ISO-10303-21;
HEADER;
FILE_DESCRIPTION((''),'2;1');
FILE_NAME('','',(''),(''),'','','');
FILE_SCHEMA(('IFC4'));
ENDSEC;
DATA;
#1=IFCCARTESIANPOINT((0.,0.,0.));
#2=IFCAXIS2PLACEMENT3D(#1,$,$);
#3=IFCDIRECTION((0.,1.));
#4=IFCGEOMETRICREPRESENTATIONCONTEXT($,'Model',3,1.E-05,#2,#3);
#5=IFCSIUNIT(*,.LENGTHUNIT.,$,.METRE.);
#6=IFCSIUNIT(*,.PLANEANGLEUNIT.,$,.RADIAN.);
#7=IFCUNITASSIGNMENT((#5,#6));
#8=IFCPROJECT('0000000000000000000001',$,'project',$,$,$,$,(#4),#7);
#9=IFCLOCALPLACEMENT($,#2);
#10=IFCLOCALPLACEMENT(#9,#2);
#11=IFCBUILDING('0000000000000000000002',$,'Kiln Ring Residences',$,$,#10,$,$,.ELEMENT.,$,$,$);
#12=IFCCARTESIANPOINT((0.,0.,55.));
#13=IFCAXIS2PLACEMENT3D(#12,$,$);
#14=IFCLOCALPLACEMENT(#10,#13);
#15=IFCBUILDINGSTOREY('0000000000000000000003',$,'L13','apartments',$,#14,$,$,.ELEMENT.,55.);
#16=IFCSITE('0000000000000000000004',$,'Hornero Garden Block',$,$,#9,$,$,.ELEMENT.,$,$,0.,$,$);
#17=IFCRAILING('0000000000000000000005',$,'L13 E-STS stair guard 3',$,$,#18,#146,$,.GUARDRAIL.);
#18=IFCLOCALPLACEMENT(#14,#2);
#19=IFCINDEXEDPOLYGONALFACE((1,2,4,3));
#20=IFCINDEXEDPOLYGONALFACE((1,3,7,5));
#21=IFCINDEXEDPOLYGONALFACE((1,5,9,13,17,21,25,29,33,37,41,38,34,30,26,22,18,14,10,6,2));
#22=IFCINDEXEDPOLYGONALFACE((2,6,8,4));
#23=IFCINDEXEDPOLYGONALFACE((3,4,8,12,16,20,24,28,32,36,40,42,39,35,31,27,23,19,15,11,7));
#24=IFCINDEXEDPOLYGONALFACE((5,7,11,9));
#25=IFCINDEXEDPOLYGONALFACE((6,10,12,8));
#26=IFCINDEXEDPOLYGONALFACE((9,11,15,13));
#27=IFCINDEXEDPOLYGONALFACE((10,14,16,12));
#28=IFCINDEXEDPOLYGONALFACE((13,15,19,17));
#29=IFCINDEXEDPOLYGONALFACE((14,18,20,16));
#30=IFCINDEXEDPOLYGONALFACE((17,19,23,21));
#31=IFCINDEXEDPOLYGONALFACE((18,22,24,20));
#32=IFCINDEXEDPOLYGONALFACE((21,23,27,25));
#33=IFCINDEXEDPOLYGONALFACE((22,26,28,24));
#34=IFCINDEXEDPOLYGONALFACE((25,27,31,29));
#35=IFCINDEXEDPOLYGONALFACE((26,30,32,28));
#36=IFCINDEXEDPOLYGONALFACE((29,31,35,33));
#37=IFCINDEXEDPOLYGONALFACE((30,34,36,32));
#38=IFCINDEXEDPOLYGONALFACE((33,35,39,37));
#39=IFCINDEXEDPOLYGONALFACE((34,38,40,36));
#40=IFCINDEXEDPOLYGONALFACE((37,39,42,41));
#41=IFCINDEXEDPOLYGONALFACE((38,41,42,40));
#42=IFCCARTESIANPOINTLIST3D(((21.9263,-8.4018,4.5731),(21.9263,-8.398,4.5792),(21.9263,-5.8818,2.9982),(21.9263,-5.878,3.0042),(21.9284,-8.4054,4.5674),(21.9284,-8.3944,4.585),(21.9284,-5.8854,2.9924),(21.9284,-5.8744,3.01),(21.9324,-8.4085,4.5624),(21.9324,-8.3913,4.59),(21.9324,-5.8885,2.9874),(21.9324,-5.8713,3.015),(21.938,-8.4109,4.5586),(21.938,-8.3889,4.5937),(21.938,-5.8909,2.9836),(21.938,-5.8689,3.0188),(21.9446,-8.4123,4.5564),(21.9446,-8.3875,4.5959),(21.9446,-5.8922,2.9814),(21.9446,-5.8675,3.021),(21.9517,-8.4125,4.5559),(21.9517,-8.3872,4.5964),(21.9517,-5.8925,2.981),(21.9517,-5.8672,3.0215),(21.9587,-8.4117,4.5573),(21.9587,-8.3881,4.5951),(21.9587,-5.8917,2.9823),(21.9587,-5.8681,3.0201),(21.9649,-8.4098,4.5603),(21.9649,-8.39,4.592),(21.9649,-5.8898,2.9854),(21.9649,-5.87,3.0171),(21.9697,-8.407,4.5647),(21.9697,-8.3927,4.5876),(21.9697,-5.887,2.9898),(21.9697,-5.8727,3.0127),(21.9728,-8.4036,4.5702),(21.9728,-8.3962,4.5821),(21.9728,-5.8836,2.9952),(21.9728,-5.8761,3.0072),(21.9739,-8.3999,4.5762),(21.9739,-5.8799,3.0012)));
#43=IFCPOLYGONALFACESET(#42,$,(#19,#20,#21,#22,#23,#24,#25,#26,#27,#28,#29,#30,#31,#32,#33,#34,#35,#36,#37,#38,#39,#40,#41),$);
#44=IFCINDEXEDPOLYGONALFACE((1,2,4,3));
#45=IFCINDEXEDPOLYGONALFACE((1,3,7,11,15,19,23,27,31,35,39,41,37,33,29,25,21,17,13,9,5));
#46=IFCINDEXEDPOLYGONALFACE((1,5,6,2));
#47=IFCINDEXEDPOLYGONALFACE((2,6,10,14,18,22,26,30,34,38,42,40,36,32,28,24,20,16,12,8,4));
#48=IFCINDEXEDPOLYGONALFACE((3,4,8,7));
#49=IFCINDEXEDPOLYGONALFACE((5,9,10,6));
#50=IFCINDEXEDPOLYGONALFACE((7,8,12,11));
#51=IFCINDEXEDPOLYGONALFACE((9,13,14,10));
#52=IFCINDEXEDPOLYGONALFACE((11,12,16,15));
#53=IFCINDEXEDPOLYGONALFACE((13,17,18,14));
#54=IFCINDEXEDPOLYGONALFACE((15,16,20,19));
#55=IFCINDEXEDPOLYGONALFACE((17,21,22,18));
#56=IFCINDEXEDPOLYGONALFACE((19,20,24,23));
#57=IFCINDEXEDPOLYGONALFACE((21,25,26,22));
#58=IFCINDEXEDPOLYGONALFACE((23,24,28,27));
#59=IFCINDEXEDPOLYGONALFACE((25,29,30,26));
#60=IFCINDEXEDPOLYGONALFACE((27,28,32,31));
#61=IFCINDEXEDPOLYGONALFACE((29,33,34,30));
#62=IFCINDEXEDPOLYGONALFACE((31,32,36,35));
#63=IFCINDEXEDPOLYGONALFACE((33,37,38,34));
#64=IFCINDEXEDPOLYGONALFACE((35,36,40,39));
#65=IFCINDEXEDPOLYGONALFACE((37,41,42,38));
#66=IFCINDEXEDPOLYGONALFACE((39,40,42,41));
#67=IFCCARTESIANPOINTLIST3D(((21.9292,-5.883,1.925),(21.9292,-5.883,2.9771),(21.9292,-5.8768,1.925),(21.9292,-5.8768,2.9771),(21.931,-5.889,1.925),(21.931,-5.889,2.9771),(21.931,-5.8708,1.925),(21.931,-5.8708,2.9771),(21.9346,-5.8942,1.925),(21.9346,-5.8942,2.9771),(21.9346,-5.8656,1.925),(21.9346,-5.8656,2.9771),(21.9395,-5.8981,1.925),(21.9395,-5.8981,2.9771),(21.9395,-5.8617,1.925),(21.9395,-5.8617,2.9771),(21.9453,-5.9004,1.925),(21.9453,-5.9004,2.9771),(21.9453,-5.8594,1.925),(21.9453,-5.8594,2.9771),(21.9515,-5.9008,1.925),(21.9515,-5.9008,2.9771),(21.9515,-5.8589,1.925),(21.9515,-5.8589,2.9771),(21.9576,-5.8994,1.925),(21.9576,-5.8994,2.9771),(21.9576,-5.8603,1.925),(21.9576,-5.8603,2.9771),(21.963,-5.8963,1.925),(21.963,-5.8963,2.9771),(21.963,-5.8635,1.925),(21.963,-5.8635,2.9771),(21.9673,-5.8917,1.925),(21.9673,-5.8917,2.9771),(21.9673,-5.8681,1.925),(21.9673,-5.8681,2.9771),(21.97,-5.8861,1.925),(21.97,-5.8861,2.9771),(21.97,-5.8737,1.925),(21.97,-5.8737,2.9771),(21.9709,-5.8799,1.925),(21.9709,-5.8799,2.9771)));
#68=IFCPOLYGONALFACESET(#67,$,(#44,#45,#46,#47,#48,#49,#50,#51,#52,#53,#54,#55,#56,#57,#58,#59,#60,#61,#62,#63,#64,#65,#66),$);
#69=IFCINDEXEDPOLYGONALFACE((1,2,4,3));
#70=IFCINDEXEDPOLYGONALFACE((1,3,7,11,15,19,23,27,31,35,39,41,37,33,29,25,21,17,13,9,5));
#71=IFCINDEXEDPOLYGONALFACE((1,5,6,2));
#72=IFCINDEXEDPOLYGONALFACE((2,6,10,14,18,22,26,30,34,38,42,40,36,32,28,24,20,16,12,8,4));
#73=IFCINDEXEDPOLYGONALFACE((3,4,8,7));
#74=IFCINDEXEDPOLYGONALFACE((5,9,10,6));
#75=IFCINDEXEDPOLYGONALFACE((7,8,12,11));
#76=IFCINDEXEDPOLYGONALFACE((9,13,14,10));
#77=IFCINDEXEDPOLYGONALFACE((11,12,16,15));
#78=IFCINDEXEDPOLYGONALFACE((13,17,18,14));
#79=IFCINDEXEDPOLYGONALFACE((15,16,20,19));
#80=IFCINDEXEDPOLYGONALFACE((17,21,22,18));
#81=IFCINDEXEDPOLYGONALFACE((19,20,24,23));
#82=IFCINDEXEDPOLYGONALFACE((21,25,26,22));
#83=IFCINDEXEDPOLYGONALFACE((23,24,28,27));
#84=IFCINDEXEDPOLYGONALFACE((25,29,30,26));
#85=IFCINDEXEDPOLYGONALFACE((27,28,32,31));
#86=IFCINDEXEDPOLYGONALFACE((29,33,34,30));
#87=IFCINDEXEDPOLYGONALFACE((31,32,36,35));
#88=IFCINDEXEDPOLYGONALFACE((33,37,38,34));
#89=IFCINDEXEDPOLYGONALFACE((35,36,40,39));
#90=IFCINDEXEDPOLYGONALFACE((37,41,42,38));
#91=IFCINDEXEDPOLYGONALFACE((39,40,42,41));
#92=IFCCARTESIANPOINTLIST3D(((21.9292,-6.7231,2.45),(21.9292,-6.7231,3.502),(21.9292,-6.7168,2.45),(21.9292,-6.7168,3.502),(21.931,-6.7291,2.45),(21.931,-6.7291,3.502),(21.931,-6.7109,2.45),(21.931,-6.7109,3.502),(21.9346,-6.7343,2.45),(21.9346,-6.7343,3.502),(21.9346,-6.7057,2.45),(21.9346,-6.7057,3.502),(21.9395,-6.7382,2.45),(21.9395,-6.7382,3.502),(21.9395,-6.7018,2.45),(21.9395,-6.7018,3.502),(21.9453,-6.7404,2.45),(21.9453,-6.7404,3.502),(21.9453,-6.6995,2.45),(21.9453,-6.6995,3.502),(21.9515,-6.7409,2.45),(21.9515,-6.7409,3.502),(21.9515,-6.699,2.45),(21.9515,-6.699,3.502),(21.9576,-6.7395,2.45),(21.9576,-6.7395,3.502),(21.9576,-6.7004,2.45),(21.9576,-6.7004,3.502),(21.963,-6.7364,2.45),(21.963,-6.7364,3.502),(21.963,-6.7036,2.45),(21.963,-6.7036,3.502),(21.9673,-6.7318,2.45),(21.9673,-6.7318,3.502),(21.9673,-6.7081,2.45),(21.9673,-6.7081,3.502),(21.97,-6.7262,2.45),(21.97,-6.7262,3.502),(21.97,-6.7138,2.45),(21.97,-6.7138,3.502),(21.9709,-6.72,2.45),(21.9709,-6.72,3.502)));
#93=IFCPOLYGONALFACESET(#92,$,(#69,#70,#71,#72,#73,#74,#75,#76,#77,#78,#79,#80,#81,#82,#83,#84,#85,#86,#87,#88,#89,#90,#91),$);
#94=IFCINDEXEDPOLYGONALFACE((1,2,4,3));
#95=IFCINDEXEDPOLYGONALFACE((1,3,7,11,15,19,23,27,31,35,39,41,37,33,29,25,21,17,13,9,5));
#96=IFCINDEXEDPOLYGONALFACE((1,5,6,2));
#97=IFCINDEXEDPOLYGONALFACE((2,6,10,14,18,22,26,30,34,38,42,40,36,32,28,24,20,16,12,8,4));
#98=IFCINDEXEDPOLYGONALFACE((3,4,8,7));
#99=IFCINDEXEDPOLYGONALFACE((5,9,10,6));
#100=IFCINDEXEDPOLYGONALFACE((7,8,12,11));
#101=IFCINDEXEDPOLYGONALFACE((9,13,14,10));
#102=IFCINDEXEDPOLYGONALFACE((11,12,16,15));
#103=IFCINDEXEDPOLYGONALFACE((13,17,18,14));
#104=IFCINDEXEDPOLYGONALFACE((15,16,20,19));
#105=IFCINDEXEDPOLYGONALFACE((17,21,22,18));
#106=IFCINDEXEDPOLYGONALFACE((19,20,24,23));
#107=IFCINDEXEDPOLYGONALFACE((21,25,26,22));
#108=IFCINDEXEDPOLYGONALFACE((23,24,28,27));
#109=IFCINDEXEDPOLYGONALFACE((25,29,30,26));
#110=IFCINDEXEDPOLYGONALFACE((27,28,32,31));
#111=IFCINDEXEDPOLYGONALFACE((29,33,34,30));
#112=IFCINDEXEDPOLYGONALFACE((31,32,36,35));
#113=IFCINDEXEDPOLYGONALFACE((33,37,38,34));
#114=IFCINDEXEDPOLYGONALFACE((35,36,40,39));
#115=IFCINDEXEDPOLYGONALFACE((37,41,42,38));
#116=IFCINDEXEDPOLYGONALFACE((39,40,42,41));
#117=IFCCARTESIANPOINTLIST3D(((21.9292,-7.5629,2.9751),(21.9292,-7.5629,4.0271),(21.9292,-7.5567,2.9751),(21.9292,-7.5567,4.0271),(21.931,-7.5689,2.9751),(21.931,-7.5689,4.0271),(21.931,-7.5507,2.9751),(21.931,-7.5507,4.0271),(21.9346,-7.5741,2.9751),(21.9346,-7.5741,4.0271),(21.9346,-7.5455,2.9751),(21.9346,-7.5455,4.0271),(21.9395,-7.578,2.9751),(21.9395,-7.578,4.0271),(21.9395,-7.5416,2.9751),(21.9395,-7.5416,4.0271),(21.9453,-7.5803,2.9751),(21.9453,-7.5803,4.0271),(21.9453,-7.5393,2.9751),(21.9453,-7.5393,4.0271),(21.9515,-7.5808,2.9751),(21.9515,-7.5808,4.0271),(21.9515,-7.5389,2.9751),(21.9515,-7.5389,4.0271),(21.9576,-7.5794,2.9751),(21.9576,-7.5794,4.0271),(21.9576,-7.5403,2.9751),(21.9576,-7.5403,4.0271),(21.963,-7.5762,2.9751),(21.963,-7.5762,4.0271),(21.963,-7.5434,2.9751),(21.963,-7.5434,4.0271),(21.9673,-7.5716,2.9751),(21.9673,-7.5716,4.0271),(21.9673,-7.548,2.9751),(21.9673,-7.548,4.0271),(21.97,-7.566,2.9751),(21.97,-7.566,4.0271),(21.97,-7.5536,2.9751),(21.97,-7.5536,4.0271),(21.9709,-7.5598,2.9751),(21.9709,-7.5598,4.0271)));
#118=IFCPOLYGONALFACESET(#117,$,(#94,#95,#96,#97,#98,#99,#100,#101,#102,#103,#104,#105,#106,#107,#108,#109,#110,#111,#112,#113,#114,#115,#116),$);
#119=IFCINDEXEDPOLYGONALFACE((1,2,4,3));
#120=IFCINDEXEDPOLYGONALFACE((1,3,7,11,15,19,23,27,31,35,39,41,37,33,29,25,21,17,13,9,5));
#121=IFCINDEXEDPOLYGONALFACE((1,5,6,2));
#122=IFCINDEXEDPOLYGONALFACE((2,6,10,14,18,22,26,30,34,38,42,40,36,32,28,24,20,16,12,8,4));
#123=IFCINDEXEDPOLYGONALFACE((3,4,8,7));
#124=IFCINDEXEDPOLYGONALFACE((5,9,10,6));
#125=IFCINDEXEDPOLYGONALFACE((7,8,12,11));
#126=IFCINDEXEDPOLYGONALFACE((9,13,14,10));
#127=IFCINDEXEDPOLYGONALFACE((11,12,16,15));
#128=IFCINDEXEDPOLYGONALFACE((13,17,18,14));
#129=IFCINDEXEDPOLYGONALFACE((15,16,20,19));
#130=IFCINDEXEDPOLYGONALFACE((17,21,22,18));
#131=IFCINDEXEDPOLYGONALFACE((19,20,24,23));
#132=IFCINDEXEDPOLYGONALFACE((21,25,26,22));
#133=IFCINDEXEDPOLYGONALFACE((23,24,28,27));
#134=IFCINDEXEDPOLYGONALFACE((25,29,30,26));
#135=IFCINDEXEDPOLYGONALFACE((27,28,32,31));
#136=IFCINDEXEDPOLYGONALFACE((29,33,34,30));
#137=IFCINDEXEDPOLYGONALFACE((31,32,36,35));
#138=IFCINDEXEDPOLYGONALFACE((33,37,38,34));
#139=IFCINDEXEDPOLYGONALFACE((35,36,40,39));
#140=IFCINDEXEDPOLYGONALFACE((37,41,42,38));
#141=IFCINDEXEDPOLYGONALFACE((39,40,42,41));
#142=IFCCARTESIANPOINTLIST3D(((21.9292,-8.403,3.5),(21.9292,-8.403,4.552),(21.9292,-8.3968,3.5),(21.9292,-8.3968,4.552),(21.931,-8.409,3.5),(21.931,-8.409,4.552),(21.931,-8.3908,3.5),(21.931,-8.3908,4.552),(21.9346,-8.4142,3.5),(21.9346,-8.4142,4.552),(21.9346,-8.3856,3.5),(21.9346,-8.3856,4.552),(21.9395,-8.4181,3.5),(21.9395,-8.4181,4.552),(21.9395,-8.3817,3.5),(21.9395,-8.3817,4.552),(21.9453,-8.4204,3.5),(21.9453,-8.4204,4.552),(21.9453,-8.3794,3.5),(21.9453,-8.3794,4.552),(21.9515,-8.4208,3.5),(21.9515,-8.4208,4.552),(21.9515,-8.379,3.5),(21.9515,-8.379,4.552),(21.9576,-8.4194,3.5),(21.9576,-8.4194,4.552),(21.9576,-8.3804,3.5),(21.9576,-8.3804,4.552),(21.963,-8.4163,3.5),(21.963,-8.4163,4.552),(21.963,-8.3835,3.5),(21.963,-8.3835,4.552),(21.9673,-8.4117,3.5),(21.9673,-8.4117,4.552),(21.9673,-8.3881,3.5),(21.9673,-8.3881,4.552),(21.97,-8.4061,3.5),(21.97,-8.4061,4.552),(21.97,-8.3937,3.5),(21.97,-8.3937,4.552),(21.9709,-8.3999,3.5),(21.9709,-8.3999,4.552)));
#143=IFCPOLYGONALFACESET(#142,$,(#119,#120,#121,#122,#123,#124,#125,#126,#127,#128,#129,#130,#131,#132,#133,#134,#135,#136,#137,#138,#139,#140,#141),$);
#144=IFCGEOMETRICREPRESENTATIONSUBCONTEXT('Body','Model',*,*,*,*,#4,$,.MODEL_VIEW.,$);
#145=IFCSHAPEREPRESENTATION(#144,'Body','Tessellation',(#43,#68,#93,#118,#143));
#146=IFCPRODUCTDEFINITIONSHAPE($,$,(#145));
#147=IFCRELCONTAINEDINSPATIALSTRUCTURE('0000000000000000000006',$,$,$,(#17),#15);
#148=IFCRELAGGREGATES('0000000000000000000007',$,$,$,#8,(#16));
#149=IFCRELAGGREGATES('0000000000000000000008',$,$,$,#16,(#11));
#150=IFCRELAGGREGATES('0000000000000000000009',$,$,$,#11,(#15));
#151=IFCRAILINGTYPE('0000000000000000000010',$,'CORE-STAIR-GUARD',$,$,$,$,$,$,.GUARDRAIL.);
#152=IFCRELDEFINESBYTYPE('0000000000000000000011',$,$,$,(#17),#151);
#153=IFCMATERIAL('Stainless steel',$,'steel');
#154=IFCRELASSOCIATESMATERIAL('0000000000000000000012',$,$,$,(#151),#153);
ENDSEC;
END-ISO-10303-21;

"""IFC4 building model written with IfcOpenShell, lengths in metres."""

from ifc_helpers import new_model, si_unit, direction, frame, origin, origin_2d, place, context, subcontext, project, spatial, circle, extrude, material, type_object, element, save


model = new_model("IFC4")

# Units and contexts
model_context = context("Model", 3, precision=1e-05, world=origin(), true_north=direction((0.0, 1.0)))
body_context = subcontext(model_context, "Body", "Model", "MODEL_VIEW")
ifc_project = project(units=[si_unit("LENGTHUNIT", "METRE"), si_unit("PLANEANGLEUNIT", "RADIAN")], contexts=[model_context])

# Site, building, storey
site_placement = place(None, origin())
site = spatial("IfcSite", under=ifc_project, at=site_placement, Name="Hornero Garden Block", CompositionType="ELEMENT", RefElevation=0.0)
building_placement = place(site_placement, origin())
building = spatial("IfcBuilding", under=site, at=building_placement, Name="Kiln Ring Residences", CompositionType="ELEMENT")
storey_placement = place(building_placement, frame((0.0, 0.0, 55.0)))
storey = spatial("IfcBuildingStorey", under=building, at=storey_placement, Name="L13", Description="apartments", CompositionType="ELEMENT", Elevation=55.0)

# Railing
ifc_material_1 = material(Name="Stainless steel", Category="steel")
railing_type_1 = type_object("IfcRailingType", Name="CORE-STAIR-GUARD", PredefinedType="GUARDRAIL", material=ifc_material_1)
railing_1_placement = place(storey_placement, frame((21.95, -5.8799, 1.925)))
element("IfcRailing", 1, at=railing_1_placement, inside=storey, type_object=railing_type_1, Name="L13 E-STS stair guard 3", PredefinedType="GUARDRAIL", context=body_context, shape_type="SweptSolid", body=[
    extrude(circle(Radius=0.0239, at=origin_2d()), frame((0.0, 0.0, 1.0762), z_axis=(0.0, -0.848008, 0.529984), x_axis=(1.0, 0.0, 0.0)), (0.0, 0.0, 1.0), 2.9717),
    extrude(circle(Radius=0.021, at=origin_2d()), origin(), (0.0, 0.0, 1.0), 1.052),
    extrude(circle(Radius=0.021, at=origin_2d()), frame((0.0, -0.8401, 0.5249)), (0.0, 0.0, 1.0), 1.052),
    extrude(circle(Radius=0.021, at=origin_2d()), frame((0.0, -1.6799, 1.05)), (0.0, 0.0, 1.0), 1.052),
    extrude(circle(Radius=0.021, at=origin_2d()), frame((0.0, -2.52, 1.575)), (0.0, 0.0, 1.0), 1.052),
])

save(model, "model.ifc")
